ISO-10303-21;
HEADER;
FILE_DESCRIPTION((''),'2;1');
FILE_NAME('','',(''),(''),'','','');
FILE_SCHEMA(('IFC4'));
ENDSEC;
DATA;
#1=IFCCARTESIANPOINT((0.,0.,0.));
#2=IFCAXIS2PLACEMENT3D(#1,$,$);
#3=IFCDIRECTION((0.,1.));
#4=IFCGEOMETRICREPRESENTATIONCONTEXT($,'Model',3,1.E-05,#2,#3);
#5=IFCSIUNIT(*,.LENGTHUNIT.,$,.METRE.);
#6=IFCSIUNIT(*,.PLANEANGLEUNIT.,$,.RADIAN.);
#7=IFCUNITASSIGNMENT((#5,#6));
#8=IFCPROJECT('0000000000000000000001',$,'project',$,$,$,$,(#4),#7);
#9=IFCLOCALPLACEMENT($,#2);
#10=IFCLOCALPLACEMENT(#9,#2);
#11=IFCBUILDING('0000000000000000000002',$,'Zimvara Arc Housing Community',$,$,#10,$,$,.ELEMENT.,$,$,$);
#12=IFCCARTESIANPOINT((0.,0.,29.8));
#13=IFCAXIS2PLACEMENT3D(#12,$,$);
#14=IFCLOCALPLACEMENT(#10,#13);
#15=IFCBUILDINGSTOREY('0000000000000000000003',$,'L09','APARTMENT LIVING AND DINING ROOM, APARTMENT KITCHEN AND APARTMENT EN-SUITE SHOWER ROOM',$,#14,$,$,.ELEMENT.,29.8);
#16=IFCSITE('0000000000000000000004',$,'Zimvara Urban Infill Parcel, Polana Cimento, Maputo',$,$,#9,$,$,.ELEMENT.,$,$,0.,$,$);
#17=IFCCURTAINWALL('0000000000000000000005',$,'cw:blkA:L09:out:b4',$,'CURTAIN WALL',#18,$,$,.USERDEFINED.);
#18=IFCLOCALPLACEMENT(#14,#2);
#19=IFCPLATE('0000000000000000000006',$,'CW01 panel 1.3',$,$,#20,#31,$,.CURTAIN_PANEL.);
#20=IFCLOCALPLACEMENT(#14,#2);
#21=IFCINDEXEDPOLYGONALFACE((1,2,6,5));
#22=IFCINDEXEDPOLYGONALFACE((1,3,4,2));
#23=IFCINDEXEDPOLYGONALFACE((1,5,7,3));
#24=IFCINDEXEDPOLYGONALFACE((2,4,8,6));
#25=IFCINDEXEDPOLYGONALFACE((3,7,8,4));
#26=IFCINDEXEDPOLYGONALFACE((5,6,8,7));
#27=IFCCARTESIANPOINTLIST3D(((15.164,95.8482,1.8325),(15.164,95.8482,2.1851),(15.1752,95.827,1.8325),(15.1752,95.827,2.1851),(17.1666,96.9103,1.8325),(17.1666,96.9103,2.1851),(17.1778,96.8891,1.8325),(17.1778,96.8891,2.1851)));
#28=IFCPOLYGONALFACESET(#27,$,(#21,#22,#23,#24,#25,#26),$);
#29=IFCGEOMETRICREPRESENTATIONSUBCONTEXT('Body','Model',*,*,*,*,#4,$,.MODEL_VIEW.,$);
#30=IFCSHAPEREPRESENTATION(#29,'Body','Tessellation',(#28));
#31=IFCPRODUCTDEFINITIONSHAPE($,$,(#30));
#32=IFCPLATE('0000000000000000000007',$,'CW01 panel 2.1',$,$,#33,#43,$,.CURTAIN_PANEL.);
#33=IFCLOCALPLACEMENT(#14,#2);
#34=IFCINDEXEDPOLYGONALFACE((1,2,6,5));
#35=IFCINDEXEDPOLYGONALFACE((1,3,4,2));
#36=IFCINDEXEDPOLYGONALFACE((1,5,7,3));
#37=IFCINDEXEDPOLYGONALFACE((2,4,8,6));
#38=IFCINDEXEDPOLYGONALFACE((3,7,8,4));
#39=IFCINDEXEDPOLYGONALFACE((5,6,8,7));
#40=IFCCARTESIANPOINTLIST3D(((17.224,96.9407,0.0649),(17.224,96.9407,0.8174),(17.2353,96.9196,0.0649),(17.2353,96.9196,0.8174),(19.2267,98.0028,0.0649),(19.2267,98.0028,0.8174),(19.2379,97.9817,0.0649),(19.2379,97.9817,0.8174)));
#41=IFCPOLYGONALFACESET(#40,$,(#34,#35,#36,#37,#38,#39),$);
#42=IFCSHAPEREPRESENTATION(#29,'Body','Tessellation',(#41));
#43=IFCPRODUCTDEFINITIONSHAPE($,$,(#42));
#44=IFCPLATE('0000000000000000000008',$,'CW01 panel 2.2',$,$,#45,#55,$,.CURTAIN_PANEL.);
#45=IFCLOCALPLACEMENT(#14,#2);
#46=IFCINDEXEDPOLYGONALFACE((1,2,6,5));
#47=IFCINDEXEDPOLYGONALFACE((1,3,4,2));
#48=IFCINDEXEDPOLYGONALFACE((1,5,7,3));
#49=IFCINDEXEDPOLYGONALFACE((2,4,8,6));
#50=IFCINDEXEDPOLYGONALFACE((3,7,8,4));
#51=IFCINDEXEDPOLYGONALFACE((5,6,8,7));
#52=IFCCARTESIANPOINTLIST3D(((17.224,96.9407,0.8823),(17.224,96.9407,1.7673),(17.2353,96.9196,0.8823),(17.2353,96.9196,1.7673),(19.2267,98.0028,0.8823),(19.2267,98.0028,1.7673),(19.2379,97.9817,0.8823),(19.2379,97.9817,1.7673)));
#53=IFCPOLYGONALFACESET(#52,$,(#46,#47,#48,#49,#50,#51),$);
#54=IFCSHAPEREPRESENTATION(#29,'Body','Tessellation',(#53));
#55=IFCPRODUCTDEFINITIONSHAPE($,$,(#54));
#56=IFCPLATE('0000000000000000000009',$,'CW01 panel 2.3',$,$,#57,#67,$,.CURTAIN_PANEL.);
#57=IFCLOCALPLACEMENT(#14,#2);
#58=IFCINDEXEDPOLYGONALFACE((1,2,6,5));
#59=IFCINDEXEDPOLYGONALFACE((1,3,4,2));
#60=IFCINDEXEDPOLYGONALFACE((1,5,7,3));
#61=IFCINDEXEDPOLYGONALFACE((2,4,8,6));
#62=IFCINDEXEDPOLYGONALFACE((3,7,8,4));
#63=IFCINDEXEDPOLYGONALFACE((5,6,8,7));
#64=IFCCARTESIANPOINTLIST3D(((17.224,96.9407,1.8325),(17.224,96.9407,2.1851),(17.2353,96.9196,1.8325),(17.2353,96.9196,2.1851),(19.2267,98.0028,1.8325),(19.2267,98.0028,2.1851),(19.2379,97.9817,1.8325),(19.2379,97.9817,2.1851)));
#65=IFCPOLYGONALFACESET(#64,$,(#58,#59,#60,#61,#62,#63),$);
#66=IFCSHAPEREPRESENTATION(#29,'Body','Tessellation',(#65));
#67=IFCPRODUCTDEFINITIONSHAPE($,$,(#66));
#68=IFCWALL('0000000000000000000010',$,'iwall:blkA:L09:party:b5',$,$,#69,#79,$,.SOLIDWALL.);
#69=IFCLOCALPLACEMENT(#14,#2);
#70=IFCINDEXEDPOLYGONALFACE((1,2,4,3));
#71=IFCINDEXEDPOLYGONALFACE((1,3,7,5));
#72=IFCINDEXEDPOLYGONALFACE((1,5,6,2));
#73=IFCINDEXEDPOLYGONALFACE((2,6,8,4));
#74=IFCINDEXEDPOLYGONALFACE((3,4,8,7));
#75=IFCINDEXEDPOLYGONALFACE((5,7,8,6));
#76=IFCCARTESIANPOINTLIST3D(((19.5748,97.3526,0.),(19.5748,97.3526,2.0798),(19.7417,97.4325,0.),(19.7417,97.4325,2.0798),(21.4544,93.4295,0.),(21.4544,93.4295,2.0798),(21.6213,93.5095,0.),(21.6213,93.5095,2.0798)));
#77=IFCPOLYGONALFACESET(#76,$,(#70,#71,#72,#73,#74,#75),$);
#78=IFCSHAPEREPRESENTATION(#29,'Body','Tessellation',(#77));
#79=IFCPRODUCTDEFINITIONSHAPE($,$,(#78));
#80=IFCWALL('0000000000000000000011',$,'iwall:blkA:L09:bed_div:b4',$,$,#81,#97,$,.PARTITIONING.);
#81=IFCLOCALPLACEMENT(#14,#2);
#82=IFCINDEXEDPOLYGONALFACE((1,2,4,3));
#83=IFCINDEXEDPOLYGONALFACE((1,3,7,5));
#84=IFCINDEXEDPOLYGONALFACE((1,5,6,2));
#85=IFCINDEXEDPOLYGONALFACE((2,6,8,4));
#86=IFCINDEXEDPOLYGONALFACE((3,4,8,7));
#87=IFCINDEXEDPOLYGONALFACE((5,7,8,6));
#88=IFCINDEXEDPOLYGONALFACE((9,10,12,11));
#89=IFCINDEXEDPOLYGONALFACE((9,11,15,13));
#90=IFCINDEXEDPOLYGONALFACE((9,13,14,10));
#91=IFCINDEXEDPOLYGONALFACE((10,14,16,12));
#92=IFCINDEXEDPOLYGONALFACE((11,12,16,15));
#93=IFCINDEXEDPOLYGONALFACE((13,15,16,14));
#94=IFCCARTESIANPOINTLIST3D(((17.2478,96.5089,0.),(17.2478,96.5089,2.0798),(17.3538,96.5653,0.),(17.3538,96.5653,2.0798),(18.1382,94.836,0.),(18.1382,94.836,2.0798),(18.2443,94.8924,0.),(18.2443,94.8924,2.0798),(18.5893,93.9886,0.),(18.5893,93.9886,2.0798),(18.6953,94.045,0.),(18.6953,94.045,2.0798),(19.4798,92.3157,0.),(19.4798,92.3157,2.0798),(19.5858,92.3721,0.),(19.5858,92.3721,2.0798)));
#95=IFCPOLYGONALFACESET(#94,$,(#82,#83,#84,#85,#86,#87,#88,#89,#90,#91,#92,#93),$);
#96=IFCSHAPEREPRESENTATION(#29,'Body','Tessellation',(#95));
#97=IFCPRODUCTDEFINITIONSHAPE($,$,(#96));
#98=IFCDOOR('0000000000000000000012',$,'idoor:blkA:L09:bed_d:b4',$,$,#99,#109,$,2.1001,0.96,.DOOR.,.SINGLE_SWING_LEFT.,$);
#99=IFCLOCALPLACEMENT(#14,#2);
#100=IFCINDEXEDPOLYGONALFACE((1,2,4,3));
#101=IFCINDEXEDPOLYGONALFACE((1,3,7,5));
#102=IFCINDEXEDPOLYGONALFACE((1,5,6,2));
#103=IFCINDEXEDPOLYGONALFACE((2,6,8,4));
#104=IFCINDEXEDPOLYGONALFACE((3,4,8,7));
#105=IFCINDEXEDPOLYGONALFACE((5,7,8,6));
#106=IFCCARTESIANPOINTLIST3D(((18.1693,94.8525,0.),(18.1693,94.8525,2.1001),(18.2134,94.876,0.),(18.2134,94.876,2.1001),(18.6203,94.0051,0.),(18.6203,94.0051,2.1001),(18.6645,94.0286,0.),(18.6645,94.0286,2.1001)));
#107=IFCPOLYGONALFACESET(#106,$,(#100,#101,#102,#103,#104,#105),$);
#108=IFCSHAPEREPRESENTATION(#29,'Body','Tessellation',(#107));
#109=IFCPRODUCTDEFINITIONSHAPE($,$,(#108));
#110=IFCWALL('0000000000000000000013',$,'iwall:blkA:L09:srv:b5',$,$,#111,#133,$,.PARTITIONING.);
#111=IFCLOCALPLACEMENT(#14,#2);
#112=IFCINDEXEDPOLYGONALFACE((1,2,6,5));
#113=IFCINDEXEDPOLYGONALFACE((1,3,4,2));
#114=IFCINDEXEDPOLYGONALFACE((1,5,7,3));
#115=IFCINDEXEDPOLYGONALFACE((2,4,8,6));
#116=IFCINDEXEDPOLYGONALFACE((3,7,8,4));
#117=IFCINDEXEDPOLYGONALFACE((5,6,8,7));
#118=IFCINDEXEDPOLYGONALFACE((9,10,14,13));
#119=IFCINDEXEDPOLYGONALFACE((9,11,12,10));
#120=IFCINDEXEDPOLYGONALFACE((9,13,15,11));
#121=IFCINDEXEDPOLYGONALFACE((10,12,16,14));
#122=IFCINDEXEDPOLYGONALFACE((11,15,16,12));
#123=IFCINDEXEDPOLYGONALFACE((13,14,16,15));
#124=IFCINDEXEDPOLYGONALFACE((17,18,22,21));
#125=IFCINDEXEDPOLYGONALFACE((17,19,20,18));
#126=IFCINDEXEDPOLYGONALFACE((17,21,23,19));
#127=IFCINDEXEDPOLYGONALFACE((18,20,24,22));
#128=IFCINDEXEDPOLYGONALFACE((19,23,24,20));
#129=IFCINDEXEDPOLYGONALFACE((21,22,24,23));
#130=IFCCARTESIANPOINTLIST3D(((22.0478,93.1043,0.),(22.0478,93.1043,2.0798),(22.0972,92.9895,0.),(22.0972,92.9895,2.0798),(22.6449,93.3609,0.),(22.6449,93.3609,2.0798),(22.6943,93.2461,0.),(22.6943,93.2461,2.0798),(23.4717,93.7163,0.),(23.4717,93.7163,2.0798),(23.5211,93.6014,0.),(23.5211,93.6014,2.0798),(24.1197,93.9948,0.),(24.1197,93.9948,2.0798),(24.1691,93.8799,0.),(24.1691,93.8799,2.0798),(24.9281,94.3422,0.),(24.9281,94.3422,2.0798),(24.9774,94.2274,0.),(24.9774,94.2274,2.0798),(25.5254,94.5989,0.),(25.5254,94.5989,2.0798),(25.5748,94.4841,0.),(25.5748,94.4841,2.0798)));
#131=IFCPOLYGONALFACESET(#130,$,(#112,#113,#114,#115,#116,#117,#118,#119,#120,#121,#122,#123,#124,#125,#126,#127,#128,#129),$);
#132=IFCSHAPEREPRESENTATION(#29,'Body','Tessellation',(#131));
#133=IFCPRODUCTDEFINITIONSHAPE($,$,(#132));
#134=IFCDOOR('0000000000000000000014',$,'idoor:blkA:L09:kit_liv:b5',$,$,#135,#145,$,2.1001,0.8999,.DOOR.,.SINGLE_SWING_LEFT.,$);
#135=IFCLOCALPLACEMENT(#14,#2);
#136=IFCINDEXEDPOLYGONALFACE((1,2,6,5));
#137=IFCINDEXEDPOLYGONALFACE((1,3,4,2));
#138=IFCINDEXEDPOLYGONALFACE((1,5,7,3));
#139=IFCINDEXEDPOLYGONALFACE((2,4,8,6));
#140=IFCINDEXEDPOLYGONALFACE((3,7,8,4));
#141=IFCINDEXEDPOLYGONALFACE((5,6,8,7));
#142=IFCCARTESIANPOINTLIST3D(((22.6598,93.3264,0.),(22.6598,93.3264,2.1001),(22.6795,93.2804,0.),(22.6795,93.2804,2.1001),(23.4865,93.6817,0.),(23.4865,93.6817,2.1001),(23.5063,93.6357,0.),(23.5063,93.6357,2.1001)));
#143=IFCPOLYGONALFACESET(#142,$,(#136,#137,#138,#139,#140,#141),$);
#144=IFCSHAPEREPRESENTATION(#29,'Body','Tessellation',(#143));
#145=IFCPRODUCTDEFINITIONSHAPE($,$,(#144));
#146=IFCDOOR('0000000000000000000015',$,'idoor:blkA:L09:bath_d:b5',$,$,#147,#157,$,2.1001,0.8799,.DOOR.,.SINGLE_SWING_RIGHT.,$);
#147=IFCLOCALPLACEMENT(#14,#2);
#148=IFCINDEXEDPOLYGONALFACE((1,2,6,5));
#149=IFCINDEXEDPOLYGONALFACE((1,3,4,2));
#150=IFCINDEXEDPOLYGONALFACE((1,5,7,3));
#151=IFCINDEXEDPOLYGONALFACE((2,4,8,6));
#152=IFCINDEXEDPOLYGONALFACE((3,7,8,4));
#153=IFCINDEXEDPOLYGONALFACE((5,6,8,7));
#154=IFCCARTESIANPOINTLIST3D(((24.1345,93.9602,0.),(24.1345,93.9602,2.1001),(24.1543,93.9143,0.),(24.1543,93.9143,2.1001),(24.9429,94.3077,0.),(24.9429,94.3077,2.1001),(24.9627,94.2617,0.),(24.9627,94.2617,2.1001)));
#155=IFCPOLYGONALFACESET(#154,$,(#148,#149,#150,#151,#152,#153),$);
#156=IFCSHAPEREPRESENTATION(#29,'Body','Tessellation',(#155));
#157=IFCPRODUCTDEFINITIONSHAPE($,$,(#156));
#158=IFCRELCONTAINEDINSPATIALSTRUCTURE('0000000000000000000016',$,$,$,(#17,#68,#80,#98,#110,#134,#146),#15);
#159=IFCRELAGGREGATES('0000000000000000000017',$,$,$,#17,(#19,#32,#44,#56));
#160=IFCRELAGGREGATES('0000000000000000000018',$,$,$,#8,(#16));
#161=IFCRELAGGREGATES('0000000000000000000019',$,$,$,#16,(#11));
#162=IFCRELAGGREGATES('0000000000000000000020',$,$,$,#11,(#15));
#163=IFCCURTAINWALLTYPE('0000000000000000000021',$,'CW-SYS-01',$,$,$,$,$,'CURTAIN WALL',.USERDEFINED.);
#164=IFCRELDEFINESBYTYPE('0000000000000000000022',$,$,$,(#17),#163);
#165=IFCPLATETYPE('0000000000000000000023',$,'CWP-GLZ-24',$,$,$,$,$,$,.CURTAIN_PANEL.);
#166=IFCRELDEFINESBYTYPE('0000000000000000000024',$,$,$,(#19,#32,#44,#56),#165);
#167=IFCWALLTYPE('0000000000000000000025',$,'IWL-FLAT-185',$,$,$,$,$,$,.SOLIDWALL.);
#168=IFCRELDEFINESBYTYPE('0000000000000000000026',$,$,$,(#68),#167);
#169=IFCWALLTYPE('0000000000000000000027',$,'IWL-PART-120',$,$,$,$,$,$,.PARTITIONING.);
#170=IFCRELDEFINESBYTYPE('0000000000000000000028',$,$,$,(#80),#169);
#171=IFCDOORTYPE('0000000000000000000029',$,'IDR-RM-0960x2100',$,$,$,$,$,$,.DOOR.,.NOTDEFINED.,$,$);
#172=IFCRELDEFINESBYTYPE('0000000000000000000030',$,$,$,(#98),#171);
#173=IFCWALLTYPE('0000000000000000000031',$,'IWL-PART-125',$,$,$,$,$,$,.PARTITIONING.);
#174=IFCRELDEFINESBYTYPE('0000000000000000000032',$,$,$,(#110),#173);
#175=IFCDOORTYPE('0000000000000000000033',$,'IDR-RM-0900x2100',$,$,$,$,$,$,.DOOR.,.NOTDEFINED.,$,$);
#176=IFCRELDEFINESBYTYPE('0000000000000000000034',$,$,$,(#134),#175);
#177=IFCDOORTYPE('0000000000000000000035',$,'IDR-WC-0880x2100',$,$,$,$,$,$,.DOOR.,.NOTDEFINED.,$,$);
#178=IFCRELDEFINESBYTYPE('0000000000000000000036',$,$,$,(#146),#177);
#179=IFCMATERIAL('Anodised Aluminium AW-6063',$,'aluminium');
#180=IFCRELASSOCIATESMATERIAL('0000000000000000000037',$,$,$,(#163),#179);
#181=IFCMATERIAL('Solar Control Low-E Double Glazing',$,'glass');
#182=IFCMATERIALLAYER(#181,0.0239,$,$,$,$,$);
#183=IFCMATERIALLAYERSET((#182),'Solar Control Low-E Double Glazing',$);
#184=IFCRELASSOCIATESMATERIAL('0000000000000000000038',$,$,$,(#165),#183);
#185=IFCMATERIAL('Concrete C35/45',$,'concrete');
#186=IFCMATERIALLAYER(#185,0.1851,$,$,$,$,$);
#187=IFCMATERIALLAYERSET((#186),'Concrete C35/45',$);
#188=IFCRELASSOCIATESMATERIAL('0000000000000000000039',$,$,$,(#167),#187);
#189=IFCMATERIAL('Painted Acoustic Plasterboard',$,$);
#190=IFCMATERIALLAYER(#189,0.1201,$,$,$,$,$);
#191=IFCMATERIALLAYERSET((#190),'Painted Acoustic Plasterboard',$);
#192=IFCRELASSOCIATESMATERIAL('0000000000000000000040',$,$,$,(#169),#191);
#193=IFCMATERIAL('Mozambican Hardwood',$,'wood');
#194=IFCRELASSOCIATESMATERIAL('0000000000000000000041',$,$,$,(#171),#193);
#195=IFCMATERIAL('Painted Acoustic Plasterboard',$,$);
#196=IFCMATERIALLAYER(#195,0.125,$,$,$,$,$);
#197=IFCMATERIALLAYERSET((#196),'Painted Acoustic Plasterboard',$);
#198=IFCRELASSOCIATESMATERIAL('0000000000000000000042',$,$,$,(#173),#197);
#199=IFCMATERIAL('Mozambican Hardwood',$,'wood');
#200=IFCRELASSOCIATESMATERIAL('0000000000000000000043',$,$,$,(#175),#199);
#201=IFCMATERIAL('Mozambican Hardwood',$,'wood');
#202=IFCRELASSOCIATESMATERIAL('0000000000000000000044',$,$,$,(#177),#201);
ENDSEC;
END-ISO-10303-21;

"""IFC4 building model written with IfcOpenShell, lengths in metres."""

from ifc_helpers import new_model, si_unit, direction, frame, frame_2d, origin, origin_2d, place, context, subcontext, project, spatial, rectangle, extrude, material, layer, layer_set, type_object, element, fill, aggregate, save


model = new_model("IFC4")

# Units and contexts
model_context = context("Model", 3, precision=1e-05, world=origin(), true_north=direction((0.0, 1.0)))
body_context = subcontext(model_context, "Body", "Model", "MODEL_VIEW")
ifc_project = project(units=[si_unit("LENGTHUNIT", "METRE"), si_unit("PLANEANGLEUNIT", "RADIAN")], contexts=[model_context])

# Site, building, storey
site_placement = place(None, origin())
site = spatial("IfcSite", under=ifc_project, at=site_placement, Name="Zimvara Urban Infill Parcel, Polana Cimento, Maputo", CompositionType="ELEMENT", RefElevation=0.0)
building_placement = place(site_placement, origin())
building = spatial("IfcBuilding", under=site, at=building_placement, Name="Zimvara Arc Housing Community", CompositionType="ELEMENT")
storey_placement = place(building_placement, frame((0.0, 0.0, 29.8)))
storey = spatial("IfcBuildingStorey", under=building, at=storey_placement, Name="L09", Description="APARTMENT LIVING AND DINING ROOM, APARTMENT KITCHEN AND APARTMENT EN-SUITE SHOWER ROOM", CompositionType="ELEMENT", Elevation=29.8)

# Curtain wall, plates
ifc_material_1 = material(Name="Anodised Aluminium AW-6063", Category="aluminium")
curtain_wall_type = type_object("IfcCurtainWallType", Name="CW-SYS-01", ElementType="CURTAIN WALL", PredefinedType="USERDEFINED", material=ifc_material_1)
curtain_wall_placement = place(storey_placement, origin())
curtain_wall = element("IfcCurtainWall", 1, at=curtain_wall_placement, inside=storey, type_object=curtain_wall_type, Name="cw:blkA:L09:out:b4", ObjectType="CURTAIN WALL", PredefinedType="USERDEFINED")
ifc_material_2 = material(Name="Solar Control Low-E Double Glazing", Category="glass")
ifc_layer_1 = layer(ifc_material_2, 0.0239)
ifc_layer_set_1 = layer_set([ifc_layer_1], Name="Solar Control Low-E Double Glazing")
plate_type = type_object("IfcPlateType", Name="CWP-GLZ-24", PredefinedType="CURTAIN_PANEL", material=ifc_layer_set_1)
plate_1_placement = place(storey_placement, frame((16.1709, 96.3687, 1.8325), z_axis=(0.0, 0.0, 1.0), x_axis=(0.883439, 0.468547, 0.0)))
plate_1 = element("IfcPlate", 2, at=plate_1_placement, type_object=plate_type, Name="CW01 panel 1.3", PredefinedType="CURTAIN_PANEL", context=body_context, shape_type="SweptSolid", body=[
    extrude(rectangle(XDim=2.2668, YDim=0.0239, at=origin_2d()), origin(), (0.0, 0.0, 1.0), 0.3525),
])
plate_2_placement = place(storey_placement, frame((18.231, 97.4612, 0.0649), z_axis=(0.0, 0.0, 1.0), x_axis=(0.883439, 0.468547, 0.0)))
plate_2 = element("IfcPlate", 3, at=plate_2_placement, type_object=plate_type, Name="CW01 panel 2.1", PredefinedType="CURTAIN_PANEL", context=body_context, shape_type="SweptSolid", body=[
    extrude(rectangle(XDim=2.2668, YDim=0.0239, at=origin_2d()), origin(), (0.0, 0.0, 1.0), 0.7524),
])
plate_3_placement = place(storey_placement, frame((18.231, 97.4612, 0.8823), z_axis=(0.0, 0.0, 1.0), x_axis=(0.883439, 0.468547, 0.0)))
plate_3 = element("IfcPlate", 4, at=plate_3_placement, type_object=plate_type, Name="CW01 panel 2.2", PredefinedType="CURTAIN_PANEL", context=body_context, shape_type="SweptSolid", body=[
    extrude(rectangle(XDim=2.2668, YDim=0.0239, at=origin_2d()), origin(), (0.0, 0.0, 1.0), 0.885),
])
plate_4_placement = place(storey_placement, frame((18.231, 97.4612, 1.8325), z_axis=(0.0, 0.0, 1.0), x_axis=(0.883439, 0.468547, 0.0)))
plate_4 = element("IfcPlate", 5, at=plate_4_placement, type_object=plate_type, Name="CW01 panel 2.3", PredefinedType="CURTAIN_PANEL", context=body_context, shape_type="SweptSolid", body=[
    extrude(rectangle(XDim=2.2668, YDim=0.0239, at=origin_2d()), origin(), (0.0, 0.0, 1.0), 0.3525),
])
aggregate(curtain_wall, [plate_1, plate_2, plate_3, plate_4])

# Wall
ifc_material_3 = material(Name="Concrete C35/45", Category="concrete")
ifc_layer_2 = layer(ifc_material_3, 0.1851)
ifc_layer_set_2 = layer_set([ifc_layer_2], Name="Concrete C35/45")
wall_type_1 = type_object("IfcWallType", Name="IWL-FLAT-185", PredefinedType="SOLIDWALL", material=ifc_layer_set_2)
wall_1_placement = place(storey_placement, frame((21.5378, 93.4695, 0.0), z_axis=(0.0, 0.0, 1.0), x_axis=(-0.432087, 0.901832, 0.0)))
element("IfcWall", 6, at=wall_1_placement, inside=storey, type_object=wall_type_1, Name="iwall:blkA:L09:party:b5", PredefinedType="SOLIDWALL", context=body_context, shape_type="SweptSolid", body=[
    extrude(rectangle(XDim=4.3501, YDim=0.1851, at=frame_2d((2.175, 0.0))), origin(), (0.0, 0.0, 1.0), 2.0798),
])

# Wall, opening, door
ifc_material_4 = material(Name="Painted Acoustic Plasterboard")
ifc_layer_3 = layer(ifc_material_4, 0.1201)
ifc_layer_set_3 = layer_set([ifc_layer_3], Name="Painted Acoustic Plasterboard")
wall_type_2 = type_object("IfcWallType", Name="IWL-PART-120", PredefinedType="PARTITIONING", material=ifc_layer_set_3)
wall_2_placement = place(storey_placement, frame((19.5327, 92.344, 0.0), z_axis=(0.0, 0.0, 1.0), x_axis=(-0.469868, 0.882737, 0.0)))
wall_2 = element("IfcWall", 7, at=wall_2_placement, inside=storey, type_object=wall_type_2, Name="iwall:blkA:L09:bed_div:b4", PredefinedType="PARTITIONING", context=body_context, shape_type="SweptSolid", body=[
    extrude(rectangle(XDim=4.7502, YDim=0.1201, at=frame_2d((2.375, 0.0))), origin(), (0.0, 0.0, 1.0), 2.0798),
])
opening_1_placement = place(wall_2_placement, frame((1.895, 0.0, 0.0)))
opening_1 = element("IfcOpeningElement", 8, at=opening_1_placement, cuts=wall_2, PredefinedType="OPENING", context=body_context, shape_type="SweptSolid", body=[
    extrude(rectangle(XDim=0.96, YDim=2.1001, at=frame_2d((0.48, 1.05))), frame((0.0, 0.0701, 0.0), z_axis=(0.0, -1.0, 0.0), x_axis=(1.0, 0.0, 0.0)), (0.0, 0.0, 1.0), 0.1401),
])
ifc_material_5 = material(Name="Mozambican Hardwood", Category="wood")
door_type_1 = type_object("IfcDoorType", Name="IDR-RM-0960x2100", OperationType="NOTDEFINED", PredefinedType="DOOR", material=ifc_material_5)
door_1_placement = place(opening_1_placement, origin())
door_1 = element("IfcDoor", 9, at=door_1_placement, inside=storey, type_object=door_type_1, Name="idoor:blkA:L09:bed_d:b4", OperationType="SINGLE_SWING_LEFT", OverallHeight=2.1001, OverallWidth=0.96, PredefinedType="DOOR", context=body_context, shape_type="SweptSolid", body=[
    extrude(rectangle(XDim=0.96, YDim=2.1001, at=frame_2d((0.48, 1.05))), frame((0.0, 0.0249, 0.0), z_axis=(0.0, -1.0, 0.0), x_axis=(1.0, 0.0, 0.0)), (0.0, 0.0, 1.0), 0.05),
])
fill(opening_1, door_1)

# Wall, openings, doors
ifc_material_6 = material(Name="Painted Acoustic Plasterboard")
ifc_layer_4 = layer(ifc_material_6, 0.125)
ifc_layer_set_4 = layer_set([ifc_layer_4], Name="Painted Acoustic Plasterboard")
wall_type_3 = type_object("IfcWallType", Name="IWL-PART-125", PredefinedType="PARTITIONING", material=ifc_layer_set_4)
wall_3_placement = place(storey_placement, frame((22.0725, 93.0469, 0.0), z_axis=(0.0, 0.0, 1.0), x_axis=(0.918738, 0.394869, 0.0)))
wall_3 = element("IfcWall", 10, at=wall_3_placement, inside=storey, type_object=wall_type_3, Name="iwall:blkA:L09:srv:b5", PredefinedType="PARTITIONING", context=body_context, shape_type="SweptSolid", body=[
    extrude(rectangle(XDim=3.7852, YDim=0.125, at=frame_2d((1.8926, 0.0))), origin(), (0.0, 0.0, 1.0), 2.0798),
])
opening_2_placement = place(wall_3_placement, frame((0.6499, 0.0, 0.0)))
opening_2 = element("IfcOpeningElement", 11, at=opening_2_placement, cuts=wall_3, PredefinedType="OPENING", context=body_context, shape_type="SweptSolid", body=[
    extrude(rectangle(XDim=0.8999, YDim=2.1001, at=frame_2d((0.45, 1.05))), frame((0.0, 0.0725, 0.0), z_axis=(0.0, -1.0, 0.0), x_axis=(1.0, 0.0, 0.0)), (0.0, 0.0, 1.0), 0.145),
])
opening_3_placement = place(wall_3_placement, frame((2.2551, 0.0, 0.0)))
opening_3 = element("IfcOpeningElement", 12, at=opening_3_placement, cuts=wall_3, PredefinedType="OPENING", context=body_context, shape_type="SweptSolid", body=[
    extrude(rectangle(XDim=0.8799, YDim=2.1001, at=frame_2d((0.4399, 1.05))), frame((0.0, 0.0725, 0.0), z_axis=(0.0, -1.0, 0.0), x_axis=(1.0, 0.0, 0.0)), (0.0, 0.0, 1.0), 0.145),
])
ifc_material_7 = material(Name="Mozambican Hardwood", Category="wood")
door_type_2 = type_object("IfcDoorType", Name="IDR-RM-0900x2100", OperationType="NOTDEFINED", PredefinedType="DOOR", material=ifc_material_7)
door_2_placement = place(opening_2_placement, origin())
door_2 = element("IfcDoor", 13, at=door_2_placement, inside=storey, type_object=door_type_2, Name="idoor:blkA:L09:kit_liv:b5", OperationType="SINGLE_SWING_LEFT", OverallHeight=2.1001, OverallWidth=0.8999, PredefinedType="DOOR", context=body_context, shape_type="SweptSolid", body=[
    extrude(rectangle(XDim=0.8999, YDim=2.1001, at=frame_2d((0.45, 1.05))), frame((0.0, 0.0249, 0.0), z_axis=(0.0, -1.0, 0.0), x_axis=(1.0, 0.0, 0.0)), (0.0, 0.0, 1.0), 0.05),
])
fill(opening_2, door_2)
ifc_material_8 = material(Name="Mozambican Hardwood", Category="wood")
door_type_3 = type_object("IfcDoorType", Name="IDR-WC-0880x2100", OperationType="NOTDEFINED", PredefinedType="DOOR", material=ifc_material_8)
door_3_placement = place(opening_3_placement, origin())
door_3 = element("IfcDoor", 14, at=door_3_placement, inside=storey, type_object=door_type_3, Name="idoor:blkA:L09:bath_d:b5", OperationType="SINGLE_SWING_RIGHT", OverallHeight=2.1001, OverallWidth=0.8799, PredefinedType="DOOR", context=body_context, shape_type="SweptSolid", body=[
    extrude(rectangle(XDim=0.8799, YDim=2.1001, at=frame_2d((0.4399, 1.05))), frame((0.0, 0.0249, 0.0), z_axis=(0.0, -1.0, 0.0), x_axis=(1.0, 0.0, 0.0)), (0.0, 0.0, 1.0), 0.05),
])
fill(opening_3, door_3)

save(model, "model.ifc")
